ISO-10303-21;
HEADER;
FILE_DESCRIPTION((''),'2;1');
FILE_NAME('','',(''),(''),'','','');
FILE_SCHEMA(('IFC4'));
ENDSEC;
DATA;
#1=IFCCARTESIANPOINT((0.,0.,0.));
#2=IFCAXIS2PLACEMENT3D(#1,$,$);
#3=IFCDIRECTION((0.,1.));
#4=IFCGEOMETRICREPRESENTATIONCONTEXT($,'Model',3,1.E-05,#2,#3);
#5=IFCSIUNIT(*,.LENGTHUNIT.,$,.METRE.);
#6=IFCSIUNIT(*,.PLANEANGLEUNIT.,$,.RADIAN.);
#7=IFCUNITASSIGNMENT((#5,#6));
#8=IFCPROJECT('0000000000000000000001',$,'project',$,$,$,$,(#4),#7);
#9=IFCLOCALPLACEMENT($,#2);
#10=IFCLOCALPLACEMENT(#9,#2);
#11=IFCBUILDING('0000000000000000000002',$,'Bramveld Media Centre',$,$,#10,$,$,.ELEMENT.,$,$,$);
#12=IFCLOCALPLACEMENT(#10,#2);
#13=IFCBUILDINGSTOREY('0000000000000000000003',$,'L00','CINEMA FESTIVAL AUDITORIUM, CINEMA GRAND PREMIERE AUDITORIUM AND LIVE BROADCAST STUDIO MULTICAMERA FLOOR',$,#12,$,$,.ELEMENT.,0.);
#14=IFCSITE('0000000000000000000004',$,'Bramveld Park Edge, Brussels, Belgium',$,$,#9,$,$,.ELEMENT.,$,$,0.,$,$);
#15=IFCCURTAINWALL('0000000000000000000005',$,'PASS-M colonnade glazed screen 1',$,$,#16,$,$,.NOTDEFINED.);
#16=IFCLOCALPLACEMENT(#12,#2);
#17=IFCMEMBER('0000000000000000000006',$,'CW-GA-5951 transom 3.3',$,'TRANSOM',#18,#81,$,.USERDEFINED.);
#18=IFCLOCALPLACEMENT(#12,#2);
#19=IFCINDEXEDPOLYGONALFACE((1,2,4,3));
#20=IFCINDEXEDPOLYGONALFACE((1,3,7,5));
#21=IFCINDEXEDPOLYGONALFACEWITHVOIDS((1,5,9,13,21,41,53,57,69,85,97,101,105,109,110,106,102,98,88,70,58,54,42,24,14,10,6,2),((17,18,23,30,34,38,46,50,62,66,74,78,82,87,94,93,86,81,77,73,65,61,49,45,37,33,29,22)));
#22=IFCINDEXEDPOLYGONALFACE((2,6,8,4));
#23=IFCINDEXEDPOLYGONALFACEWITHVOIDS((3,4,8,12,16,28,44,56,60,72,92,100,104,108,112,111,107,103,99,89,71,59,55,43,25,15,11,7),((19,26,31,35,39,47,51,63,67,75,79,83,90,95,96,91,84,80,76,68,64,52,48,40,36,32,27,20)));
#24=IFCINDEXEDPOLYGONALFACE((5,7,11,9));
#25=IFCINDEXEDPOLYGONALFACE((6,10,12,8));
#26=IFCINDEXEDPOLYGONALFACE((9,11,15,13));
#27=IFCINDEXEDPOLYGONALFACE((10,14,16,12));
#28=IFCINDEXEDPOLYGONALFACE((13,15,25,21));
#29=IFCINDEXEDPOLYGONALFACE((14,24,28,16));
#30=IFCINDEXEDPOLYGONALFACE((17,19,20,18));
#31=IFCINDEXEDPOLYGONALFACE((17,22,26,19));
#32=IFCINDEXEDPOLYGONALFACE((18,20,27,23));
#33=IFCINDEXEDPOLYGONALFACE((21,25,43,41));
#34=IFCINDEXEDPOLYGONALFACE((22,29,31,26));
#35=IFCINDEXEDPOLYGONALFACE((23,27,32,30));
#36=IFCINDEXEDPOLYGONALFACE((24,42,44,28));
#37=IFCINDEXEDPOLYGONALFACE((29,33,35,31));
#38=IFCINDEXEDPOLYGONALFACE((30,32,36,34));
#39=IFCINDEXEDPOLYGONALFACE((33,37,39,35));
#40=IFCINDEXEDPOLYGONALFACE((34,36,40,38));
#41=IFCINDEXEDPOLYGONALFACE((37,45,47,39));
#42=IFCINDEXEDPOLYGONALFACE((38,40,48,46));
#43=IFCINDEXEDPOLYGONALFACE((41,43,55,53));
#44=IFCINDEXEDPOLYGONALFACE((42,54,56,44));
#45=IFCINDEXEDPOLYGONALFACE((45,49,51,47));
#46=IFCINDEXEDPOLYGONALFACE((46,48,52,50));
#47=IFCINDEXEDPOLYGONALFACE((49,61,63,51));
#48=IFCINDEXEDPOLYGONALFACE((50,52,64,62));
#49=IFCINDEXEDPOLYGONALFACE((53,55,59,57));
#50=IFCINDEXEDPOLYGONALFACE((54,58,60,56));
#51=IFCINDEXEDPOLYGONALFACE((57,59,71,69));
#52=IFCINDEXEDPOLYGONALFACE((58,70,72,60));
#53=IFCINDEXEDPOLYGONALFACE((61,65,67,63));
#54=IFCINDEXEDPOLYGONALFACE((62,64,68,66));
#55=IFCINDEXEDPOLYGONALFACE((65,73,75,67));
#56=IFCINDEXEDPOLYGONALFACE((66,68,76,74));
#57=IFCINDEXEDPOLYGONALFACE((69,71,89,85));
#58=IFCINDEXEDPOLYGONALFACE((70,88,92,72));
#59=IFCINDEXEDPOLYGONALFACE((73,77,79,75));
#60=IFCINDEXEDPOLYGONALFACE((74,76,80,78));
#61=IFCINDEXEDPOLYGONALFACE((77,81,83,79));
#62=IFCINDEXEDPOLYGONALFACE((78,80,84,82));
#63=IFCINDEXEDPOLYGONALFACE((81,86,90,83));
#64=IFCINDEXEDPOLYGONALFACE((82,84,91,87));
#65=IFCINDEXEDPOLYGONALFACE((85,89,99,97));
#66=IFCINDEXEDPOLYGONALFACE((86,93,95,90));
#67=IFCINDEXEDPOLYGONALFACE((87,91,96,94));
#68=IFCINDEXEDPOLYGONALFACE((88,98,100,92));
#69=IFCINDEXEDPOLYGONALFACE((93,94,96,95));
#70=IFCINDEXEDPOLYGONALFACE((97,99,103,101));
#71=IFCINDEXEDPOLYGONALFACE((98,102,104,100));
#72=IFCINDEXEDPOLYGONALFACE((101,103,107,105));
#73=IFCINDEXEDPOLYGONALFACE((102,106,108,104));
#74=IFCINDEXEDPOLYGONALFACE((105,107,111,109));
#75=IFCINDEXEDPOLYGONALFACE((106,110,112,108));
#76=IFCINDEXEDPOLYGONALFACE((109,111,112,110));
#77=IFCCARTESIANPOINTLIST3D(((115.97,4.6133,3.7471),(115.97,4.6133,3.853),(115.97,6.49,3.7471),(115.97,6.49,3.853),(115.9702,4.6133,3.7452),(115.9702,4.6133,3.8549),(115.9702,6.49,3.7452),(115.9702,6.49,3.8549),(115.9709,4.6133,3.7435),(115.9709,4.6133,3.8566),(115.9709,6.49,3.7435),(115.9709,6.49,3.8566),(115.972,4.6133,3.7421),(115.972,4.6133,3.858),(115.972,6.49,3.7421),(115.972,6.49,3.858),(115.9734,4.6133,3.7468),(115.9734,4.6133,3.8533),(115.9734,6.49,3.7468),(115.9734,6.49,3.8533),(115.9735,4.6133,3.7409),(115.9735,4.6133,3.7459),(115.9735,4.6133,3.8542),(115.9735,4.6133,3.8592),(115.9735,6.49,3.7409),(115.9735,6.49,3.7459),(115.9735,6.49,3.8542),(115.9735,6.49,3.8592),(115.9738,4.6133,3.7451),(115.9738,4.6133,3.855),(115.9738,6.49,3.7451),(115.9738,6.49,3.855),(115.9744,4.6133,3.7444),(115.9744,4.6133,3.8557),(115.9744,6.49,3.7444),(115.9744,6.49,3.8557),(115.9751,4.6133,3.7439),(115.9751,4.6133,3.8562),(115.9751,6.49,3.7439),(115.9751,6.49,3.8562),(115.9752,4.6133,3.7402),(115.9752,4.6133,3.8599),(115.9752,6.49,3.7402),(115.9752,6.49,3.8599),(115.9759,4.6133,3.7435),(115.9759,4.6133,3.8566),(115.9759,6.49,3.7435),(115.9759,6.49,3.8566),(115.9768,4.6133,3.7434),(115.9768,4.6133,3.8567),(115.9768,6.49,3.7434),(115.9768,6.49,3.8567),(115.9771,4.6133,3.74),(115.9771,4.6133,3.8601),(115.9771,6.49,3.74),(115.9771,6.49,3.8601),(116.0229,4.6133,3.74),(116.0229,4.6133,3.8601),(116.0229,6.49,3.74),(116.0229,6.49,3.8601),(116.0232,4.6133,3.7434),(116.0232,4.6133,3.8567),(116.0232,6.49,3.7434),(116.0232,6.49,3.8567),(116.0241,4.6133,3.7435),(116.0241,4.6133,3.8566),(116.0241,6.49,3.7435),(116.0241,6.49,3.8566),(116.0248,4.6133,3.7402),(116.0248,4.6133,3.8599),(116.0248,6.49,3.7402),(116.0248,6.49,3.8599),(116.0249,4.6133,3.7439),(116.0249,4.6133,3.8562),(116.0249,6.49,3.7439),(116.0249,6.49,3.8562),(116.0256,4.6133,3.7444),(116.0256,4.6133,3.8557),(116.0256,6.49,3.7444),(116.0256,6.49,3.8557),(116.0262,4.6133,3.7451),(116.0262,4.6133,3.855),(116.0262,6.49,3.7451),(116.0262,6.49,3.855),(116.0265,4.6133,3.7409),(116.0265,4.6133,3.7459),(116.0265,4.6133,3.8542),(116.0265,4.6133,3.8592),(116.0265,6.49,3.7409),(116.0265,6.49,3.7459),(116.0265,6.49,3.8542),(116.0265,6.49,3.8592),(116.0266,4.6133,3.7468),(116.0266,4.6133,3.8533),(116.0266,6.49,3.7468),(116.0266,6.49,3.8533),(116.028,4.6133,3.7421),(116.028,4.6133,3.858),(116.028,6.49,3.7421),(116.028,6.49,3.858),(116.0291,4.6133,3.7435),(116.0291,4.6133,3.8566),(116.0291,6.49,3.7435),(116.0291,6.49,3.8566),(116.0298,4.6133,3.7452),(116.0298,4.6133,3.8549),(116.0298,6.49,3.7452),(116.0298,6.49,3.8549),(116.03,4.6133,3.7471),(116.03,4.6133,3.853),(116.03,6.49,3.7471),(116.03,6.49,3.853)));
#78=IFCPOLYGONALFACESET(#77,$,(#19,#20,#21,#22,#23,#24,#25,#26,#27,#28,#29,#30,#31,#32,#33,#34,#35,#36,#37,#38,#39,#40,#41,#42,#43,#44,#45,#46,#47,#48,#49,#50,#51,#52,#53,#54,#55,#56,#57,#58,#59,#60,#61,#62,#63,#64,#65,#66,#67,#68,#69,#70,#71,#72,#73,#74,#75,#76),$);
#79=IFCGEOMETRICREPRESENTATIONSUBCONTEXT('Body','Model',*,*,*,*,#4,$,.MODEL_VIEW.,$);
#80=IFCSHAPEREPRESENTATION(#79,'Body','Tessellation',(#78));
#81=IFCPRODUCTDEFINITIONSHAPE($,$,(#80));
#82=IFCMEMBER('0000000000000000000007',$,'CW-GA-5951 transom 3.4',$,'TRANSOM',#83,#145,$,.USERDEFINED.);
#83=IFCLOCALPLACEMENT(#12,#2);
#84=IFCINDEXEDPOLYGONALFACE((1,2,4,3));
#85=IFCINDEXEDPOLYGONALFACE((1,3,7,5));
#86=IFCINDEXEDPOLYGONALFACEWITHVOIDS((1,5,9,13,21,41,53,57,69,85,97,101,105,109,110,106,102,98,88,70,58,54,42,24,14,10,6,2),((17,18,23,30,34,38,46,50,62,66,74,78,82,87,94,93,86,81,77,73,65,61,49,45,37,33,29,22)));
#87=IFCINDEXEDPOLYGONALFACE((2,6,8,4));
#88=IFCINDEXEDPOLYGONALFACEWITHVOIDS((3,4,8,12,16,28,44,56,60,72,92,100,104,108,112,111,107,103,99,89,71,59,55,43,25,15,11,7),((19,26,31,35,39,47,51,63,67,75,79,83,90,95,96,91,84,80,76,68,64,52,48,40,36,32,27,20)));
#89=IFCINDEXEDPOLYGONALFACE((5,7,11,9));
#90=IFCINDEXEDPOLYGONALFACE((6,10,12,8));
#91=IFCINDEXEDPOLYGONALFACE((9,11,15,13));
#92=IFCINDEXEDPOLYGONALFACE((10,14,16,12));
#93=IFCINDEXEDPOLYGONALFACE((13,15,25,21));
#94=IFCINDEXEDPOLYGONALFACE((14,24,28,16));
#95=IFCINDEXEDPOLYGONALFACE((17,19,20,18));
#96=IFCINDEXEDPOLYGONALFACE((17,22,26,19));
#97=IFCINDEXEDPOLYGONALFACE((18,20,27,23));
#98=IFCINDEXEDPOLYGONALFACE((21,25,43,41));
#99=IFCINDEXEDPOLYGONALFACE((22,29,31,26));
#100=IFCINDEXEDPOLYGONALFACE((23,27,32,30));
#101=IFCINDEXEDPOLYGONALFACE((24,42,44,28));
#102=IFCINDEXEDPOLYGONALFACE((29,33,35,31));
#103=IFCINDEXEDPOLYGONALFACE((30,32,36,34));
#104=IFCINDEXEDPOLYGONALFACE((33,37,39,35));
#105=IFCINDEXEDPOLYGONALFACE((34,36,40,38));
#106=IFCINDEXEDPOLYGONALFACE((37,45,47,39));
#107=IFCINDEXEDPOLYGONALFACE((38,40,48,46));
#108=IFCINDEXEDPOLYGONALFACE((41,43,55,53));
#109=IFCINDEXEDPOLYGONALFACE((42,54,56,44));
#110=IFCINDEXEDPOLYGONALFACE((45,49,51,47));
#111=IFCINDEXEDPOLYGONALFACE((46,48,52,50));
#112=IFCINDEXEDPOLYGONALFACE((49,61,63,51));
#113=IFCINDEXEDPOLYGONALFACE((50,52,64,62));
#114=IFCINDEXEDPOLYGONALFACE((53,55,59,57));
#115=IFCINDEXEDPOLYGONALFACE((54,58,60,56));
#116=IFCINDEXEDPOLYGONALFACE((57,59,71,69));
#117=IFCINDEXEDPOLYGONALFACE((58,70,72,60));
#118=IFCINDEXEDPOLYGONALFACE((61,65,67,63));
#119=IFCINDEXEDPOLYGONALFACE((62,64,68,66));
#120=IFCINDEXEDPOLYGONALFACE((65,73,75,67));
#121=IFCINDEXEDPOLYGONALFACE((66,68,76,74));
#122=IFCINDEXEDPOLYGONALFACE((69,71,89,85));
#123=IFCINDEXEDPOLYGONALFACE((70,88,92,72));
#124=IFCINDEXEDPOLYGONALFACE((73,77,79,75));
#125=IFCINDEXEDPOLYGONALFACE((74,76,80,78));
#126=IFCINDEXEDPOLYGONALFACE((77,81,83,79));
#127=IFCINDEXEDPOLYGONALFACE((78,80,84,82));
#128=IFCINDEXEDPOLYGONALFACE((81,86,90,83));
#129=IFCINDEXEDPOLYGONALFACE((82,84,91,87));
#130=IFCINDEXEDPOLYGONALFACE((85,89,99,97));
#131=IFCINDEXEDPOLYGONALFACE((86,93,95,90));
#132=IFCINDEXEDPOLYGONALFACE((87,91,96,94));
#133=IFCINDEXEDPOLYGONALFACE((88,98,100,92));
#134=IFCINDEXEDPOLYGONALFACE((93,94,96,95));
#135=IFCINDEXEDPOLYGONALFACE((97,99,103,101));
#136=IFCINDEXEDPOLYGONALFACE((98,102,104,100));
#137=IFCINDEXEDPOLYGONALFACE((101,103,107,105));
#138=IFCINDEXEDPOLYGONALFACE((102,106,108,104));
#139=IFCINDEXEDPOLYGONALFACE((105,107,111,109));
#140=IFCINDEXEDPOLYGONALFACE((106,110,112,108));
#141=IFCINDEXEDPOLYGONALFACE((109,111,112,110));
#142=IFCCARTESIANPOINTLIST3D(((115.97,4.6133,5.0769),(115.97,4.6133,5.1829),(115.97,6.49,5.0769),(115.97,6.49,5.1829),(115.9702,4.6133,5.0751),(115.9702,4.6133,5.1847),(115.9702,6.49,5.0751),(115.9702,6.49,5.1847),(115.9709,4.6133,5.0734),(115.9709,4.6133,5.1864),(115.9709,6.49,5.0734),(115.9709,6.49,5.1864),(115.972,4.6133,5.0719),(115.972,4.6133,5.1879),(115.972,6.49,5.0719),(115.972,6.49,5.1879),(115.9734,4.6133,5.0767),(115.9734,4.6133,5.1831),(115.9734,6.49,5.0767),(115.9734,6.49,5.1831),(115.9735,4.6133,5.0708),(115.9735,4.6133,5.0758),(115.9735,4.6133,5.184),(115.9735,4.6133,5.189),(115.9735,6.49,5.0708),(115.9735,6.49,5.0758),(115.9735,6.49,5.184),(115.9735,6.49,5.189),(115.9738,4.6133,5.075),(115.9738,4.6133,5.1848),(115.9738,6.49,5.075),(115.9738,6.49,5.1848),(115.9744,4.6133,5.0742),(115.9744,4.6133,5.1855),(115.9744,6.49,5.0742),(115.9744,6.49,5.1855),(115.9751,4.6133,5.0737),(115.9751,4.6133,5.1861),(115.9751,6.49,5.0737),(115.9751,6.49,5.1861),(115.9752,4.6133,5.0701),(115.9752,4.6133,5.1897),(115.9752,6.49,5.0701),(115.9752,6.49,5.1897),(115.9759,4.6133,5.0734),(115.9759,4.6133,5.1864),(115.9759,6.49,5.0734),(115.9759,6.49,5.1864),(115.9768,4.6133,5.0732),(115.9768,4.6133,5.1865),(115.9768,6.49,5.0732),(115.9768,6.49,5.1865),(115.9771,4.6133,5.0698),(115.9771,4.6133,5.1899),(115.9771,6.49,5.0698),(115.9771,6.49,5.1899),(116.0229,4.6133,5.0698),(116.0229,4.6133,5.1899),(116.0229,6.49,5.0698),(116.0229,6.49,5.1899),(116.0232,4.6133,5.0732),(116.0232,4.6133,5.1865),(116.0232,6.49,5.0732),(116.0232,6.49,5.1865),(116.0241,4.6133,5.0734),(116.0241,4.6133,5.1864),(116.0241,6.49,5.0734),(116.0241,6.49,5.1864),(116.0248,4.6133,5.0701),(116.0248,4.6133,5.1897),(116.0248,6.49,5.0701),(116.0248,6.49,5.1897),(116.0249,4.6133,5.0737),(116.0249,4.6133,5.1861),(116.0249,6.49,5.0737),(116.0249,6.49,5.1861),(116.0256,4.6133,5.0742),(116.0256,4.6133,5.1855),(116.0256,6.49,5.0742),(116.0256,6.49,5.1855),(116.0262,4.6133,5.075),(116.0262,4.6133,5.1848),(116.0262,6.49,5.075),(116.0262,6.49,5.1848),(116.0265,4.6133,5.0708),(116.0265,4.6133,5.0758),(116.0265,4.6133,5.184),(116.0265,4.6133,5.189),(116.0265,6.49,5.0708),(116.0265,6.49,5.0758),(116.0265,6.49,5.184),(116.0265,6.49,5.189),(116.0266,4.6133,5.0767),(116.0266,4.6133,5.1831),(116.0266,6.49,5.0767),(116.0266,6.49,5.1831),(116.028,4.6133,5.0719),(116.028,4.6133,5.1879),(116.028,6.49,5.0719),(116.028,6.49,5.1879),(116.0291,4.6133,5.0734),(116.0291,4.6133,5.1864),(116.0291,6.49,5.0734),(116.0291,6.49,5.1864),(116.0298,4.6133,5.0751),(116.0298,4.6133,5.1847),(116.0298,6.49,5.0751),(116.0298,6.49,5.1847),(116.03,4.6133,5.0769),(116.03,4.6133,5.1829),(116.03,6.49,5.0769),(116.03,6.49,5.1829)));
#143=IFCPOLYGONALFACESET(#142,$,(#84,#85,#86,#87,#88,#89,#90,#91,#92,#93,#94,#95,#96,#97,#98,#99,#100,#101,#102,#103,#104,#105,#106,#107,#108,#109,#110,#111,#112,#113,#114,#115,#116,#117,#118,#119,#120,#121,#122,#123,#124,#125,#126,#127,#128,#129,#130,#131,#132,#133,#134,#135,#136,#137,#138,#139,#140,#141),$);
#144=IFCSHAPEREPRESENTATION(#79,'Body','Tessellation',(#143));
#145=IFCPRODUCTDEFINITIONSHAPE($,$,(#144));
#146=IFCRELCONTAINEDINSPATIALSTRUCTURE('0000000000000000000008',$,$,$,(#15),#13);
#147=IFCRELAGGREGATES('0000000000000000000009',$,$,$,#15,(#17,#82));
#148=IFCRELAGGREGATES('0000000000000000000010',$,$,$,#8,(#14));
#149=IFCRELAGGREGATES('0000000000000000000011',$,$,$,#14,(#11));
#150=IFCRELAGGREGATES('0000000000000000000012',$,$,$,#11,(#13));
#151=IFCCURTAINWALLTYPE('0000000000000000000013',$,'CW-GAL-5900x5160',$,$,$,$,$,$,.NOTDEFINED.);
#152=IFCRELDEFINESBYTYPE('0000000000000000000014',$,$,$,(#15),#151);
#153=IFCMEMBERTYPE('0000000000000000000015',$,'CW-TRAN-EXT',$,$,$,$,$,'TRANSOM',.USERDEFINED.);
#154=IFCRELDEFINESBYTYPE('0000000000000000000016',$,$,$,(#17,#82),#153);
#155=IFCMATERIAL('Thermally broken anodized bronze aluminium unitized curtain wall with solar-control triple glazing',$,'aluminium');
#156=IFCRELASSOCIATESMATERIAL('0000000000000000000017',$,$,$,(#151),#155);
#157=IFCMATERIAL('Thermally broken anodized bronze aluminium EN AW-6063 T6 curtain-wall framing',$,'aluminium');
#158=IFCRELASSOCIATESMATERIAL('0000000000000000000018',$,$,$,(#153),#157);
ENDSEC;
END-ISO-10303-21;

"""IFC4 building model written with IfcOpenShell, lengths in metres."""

from ifc_helpers import new_model, si_unit, direction, frame, origin, origin_2d, place, context, subcontext, project, spatial, hollow_rectangle, extrude, material, material_profile, profile_set, type_object, element, aggregate, save


model = new_model("IFC4")

# Units and contexts
model_context = context("Model", 3, precision=1e-05, world=origin(), true_north=direction((0.0, 1.0)))
body_context = subcontext(model_context, "Body", "Model", "MODEL_VIEW")
ifc_project = project(units=[si_unit("LENGTHUNIT", "METRE"), si_unit("PLANEANGLEUNIT", "RADIAN")], contexts=[model_context])

# Site, building, storey
site_placement = place(None, origin())
site = spatial("IfcSite", under=ifc_project, at=site_placement, Name="Bramveld Park Edge, Brussels, Belgium", CompositionType="ELEMENT", RefElevation=0.0)
building_placement = place(site_placement, origin())
building = spatial("IfcBuilding", under=site, at=building_placement, Name="Bramveld Media Centre", CompositionType="ELEMENT")
storey_placement = place(building_placement, origin())
storey = spatial("IfcBuildingStorey", under=building, at=storey_placement, Name="L00", Description="CINEMA FESTIVAL AUDITORIUM, CINEMA GRAND PREMIERE AUDITORIUM AND LIVE BROADCAST STUDIO MULTICAMERA FLOOR", CompositionType="ELEMENT", Elevation=0.0)

# Curtain wall
ifc_material_1 = material(Name="Thermally broken anodized bronze aluminium unitized curtain wall with solar-control triple glazing", Category="aluminium")
curtain_wall_type = type_object("IfcCurtainWallType", Name="CW-GAL-5900x5160", PredefinedType="NOTDEFINED", material=ifc_material_1)
curtain_wall_1_placement = place(storey_placement, origin())
curtain_wall_1 = element("IfcCurtainWall", 1, at=curtain_wall_1_placement, inside=storey, type_object=curtain_wall_type, Name="PASS-M colonnade glazed screen 1", PredefinedType="NOTDEFINED")

# Members
ifc_material_2 = material(Name="Thermally broken anodized bronze aluminium EN AW-6063 T6 curtain-wall framing", Category="aluminium")
ifc_material_profile_1 = material_profile(ifc_material_2, hollow_rectangle(XDim=0.0601, YDim=0.1201, WallThickness=0.0034, InnerFilletRadius=0.0034, OuterFilletRadius=0.0071, at=origin_2d()), Name="AL-TRAN 60x120")
ifc_profile_set_1 = profile_set([ifc_material_profile_1], Name="Thermally broken anodized bronze aluminium EN AW-6063 T6 curtain-wall framing")
member_type_1 = type_object("IfcMemberType", Name="CW-TRAN-EXT", ElementType="TRANSOM", PredefinedType="USERDEFINED", material=ifc_profile_set_1)
member_1_placement = place(storey_placement, frame((116.0, 4.6133, 3.8), z_axis=(0.0, 1.0, 0.0), x_axis=(-1.0, 0.0, 0.0)))
member_1 = element("IfcMember", 2, at=member_1_placement, type_object=member_type_1, Name="CW-GA-5951 transom 3.3", ObjectType="TRANSOM", PredefinedType="USERDEFINED", context=body_context, shape_type="SweptSolid", body=[
    extrude(hollow_rectangle(XDim=0.0601, YDim=0.1201, WallThickness=0.0034, InnerFilletRadius=0.0034, OuterFilletRadius=0.0071, at=origin_2d()), origin(), (0.0, 0.0, 1.0), 1.8767),
])
member_2_placement = place(storey_placement, frame((116.0, 4.6133, 5.1299), z_axis=(0.0, 1.0, 0.0), x_axis=(-1.0, 0.0, 0.0)))
member_2 = element("IfcMember", 3, at=member_2_placement, type_object=member_type_1, Name="CW-GA-5951 transom 3.4", ObjectType="TRANSOM", PredefinedType="USERDEFINED", context=body_context, shape_type="SweptSolid", body=[
    extrude(hollow_rectangle(XDim=0.0601, YDim=0.1201, WallThickness=0.0034, InnerFilletRadius=0.0034, OuterFilletRadius=0.0071, at=origin_2d()), origin(), (0.0, 0.0, 1.0), 1.8767),
])

aggregate(curtain_wall_1, [member_1, member_2])

save(model, "model.ifc")
